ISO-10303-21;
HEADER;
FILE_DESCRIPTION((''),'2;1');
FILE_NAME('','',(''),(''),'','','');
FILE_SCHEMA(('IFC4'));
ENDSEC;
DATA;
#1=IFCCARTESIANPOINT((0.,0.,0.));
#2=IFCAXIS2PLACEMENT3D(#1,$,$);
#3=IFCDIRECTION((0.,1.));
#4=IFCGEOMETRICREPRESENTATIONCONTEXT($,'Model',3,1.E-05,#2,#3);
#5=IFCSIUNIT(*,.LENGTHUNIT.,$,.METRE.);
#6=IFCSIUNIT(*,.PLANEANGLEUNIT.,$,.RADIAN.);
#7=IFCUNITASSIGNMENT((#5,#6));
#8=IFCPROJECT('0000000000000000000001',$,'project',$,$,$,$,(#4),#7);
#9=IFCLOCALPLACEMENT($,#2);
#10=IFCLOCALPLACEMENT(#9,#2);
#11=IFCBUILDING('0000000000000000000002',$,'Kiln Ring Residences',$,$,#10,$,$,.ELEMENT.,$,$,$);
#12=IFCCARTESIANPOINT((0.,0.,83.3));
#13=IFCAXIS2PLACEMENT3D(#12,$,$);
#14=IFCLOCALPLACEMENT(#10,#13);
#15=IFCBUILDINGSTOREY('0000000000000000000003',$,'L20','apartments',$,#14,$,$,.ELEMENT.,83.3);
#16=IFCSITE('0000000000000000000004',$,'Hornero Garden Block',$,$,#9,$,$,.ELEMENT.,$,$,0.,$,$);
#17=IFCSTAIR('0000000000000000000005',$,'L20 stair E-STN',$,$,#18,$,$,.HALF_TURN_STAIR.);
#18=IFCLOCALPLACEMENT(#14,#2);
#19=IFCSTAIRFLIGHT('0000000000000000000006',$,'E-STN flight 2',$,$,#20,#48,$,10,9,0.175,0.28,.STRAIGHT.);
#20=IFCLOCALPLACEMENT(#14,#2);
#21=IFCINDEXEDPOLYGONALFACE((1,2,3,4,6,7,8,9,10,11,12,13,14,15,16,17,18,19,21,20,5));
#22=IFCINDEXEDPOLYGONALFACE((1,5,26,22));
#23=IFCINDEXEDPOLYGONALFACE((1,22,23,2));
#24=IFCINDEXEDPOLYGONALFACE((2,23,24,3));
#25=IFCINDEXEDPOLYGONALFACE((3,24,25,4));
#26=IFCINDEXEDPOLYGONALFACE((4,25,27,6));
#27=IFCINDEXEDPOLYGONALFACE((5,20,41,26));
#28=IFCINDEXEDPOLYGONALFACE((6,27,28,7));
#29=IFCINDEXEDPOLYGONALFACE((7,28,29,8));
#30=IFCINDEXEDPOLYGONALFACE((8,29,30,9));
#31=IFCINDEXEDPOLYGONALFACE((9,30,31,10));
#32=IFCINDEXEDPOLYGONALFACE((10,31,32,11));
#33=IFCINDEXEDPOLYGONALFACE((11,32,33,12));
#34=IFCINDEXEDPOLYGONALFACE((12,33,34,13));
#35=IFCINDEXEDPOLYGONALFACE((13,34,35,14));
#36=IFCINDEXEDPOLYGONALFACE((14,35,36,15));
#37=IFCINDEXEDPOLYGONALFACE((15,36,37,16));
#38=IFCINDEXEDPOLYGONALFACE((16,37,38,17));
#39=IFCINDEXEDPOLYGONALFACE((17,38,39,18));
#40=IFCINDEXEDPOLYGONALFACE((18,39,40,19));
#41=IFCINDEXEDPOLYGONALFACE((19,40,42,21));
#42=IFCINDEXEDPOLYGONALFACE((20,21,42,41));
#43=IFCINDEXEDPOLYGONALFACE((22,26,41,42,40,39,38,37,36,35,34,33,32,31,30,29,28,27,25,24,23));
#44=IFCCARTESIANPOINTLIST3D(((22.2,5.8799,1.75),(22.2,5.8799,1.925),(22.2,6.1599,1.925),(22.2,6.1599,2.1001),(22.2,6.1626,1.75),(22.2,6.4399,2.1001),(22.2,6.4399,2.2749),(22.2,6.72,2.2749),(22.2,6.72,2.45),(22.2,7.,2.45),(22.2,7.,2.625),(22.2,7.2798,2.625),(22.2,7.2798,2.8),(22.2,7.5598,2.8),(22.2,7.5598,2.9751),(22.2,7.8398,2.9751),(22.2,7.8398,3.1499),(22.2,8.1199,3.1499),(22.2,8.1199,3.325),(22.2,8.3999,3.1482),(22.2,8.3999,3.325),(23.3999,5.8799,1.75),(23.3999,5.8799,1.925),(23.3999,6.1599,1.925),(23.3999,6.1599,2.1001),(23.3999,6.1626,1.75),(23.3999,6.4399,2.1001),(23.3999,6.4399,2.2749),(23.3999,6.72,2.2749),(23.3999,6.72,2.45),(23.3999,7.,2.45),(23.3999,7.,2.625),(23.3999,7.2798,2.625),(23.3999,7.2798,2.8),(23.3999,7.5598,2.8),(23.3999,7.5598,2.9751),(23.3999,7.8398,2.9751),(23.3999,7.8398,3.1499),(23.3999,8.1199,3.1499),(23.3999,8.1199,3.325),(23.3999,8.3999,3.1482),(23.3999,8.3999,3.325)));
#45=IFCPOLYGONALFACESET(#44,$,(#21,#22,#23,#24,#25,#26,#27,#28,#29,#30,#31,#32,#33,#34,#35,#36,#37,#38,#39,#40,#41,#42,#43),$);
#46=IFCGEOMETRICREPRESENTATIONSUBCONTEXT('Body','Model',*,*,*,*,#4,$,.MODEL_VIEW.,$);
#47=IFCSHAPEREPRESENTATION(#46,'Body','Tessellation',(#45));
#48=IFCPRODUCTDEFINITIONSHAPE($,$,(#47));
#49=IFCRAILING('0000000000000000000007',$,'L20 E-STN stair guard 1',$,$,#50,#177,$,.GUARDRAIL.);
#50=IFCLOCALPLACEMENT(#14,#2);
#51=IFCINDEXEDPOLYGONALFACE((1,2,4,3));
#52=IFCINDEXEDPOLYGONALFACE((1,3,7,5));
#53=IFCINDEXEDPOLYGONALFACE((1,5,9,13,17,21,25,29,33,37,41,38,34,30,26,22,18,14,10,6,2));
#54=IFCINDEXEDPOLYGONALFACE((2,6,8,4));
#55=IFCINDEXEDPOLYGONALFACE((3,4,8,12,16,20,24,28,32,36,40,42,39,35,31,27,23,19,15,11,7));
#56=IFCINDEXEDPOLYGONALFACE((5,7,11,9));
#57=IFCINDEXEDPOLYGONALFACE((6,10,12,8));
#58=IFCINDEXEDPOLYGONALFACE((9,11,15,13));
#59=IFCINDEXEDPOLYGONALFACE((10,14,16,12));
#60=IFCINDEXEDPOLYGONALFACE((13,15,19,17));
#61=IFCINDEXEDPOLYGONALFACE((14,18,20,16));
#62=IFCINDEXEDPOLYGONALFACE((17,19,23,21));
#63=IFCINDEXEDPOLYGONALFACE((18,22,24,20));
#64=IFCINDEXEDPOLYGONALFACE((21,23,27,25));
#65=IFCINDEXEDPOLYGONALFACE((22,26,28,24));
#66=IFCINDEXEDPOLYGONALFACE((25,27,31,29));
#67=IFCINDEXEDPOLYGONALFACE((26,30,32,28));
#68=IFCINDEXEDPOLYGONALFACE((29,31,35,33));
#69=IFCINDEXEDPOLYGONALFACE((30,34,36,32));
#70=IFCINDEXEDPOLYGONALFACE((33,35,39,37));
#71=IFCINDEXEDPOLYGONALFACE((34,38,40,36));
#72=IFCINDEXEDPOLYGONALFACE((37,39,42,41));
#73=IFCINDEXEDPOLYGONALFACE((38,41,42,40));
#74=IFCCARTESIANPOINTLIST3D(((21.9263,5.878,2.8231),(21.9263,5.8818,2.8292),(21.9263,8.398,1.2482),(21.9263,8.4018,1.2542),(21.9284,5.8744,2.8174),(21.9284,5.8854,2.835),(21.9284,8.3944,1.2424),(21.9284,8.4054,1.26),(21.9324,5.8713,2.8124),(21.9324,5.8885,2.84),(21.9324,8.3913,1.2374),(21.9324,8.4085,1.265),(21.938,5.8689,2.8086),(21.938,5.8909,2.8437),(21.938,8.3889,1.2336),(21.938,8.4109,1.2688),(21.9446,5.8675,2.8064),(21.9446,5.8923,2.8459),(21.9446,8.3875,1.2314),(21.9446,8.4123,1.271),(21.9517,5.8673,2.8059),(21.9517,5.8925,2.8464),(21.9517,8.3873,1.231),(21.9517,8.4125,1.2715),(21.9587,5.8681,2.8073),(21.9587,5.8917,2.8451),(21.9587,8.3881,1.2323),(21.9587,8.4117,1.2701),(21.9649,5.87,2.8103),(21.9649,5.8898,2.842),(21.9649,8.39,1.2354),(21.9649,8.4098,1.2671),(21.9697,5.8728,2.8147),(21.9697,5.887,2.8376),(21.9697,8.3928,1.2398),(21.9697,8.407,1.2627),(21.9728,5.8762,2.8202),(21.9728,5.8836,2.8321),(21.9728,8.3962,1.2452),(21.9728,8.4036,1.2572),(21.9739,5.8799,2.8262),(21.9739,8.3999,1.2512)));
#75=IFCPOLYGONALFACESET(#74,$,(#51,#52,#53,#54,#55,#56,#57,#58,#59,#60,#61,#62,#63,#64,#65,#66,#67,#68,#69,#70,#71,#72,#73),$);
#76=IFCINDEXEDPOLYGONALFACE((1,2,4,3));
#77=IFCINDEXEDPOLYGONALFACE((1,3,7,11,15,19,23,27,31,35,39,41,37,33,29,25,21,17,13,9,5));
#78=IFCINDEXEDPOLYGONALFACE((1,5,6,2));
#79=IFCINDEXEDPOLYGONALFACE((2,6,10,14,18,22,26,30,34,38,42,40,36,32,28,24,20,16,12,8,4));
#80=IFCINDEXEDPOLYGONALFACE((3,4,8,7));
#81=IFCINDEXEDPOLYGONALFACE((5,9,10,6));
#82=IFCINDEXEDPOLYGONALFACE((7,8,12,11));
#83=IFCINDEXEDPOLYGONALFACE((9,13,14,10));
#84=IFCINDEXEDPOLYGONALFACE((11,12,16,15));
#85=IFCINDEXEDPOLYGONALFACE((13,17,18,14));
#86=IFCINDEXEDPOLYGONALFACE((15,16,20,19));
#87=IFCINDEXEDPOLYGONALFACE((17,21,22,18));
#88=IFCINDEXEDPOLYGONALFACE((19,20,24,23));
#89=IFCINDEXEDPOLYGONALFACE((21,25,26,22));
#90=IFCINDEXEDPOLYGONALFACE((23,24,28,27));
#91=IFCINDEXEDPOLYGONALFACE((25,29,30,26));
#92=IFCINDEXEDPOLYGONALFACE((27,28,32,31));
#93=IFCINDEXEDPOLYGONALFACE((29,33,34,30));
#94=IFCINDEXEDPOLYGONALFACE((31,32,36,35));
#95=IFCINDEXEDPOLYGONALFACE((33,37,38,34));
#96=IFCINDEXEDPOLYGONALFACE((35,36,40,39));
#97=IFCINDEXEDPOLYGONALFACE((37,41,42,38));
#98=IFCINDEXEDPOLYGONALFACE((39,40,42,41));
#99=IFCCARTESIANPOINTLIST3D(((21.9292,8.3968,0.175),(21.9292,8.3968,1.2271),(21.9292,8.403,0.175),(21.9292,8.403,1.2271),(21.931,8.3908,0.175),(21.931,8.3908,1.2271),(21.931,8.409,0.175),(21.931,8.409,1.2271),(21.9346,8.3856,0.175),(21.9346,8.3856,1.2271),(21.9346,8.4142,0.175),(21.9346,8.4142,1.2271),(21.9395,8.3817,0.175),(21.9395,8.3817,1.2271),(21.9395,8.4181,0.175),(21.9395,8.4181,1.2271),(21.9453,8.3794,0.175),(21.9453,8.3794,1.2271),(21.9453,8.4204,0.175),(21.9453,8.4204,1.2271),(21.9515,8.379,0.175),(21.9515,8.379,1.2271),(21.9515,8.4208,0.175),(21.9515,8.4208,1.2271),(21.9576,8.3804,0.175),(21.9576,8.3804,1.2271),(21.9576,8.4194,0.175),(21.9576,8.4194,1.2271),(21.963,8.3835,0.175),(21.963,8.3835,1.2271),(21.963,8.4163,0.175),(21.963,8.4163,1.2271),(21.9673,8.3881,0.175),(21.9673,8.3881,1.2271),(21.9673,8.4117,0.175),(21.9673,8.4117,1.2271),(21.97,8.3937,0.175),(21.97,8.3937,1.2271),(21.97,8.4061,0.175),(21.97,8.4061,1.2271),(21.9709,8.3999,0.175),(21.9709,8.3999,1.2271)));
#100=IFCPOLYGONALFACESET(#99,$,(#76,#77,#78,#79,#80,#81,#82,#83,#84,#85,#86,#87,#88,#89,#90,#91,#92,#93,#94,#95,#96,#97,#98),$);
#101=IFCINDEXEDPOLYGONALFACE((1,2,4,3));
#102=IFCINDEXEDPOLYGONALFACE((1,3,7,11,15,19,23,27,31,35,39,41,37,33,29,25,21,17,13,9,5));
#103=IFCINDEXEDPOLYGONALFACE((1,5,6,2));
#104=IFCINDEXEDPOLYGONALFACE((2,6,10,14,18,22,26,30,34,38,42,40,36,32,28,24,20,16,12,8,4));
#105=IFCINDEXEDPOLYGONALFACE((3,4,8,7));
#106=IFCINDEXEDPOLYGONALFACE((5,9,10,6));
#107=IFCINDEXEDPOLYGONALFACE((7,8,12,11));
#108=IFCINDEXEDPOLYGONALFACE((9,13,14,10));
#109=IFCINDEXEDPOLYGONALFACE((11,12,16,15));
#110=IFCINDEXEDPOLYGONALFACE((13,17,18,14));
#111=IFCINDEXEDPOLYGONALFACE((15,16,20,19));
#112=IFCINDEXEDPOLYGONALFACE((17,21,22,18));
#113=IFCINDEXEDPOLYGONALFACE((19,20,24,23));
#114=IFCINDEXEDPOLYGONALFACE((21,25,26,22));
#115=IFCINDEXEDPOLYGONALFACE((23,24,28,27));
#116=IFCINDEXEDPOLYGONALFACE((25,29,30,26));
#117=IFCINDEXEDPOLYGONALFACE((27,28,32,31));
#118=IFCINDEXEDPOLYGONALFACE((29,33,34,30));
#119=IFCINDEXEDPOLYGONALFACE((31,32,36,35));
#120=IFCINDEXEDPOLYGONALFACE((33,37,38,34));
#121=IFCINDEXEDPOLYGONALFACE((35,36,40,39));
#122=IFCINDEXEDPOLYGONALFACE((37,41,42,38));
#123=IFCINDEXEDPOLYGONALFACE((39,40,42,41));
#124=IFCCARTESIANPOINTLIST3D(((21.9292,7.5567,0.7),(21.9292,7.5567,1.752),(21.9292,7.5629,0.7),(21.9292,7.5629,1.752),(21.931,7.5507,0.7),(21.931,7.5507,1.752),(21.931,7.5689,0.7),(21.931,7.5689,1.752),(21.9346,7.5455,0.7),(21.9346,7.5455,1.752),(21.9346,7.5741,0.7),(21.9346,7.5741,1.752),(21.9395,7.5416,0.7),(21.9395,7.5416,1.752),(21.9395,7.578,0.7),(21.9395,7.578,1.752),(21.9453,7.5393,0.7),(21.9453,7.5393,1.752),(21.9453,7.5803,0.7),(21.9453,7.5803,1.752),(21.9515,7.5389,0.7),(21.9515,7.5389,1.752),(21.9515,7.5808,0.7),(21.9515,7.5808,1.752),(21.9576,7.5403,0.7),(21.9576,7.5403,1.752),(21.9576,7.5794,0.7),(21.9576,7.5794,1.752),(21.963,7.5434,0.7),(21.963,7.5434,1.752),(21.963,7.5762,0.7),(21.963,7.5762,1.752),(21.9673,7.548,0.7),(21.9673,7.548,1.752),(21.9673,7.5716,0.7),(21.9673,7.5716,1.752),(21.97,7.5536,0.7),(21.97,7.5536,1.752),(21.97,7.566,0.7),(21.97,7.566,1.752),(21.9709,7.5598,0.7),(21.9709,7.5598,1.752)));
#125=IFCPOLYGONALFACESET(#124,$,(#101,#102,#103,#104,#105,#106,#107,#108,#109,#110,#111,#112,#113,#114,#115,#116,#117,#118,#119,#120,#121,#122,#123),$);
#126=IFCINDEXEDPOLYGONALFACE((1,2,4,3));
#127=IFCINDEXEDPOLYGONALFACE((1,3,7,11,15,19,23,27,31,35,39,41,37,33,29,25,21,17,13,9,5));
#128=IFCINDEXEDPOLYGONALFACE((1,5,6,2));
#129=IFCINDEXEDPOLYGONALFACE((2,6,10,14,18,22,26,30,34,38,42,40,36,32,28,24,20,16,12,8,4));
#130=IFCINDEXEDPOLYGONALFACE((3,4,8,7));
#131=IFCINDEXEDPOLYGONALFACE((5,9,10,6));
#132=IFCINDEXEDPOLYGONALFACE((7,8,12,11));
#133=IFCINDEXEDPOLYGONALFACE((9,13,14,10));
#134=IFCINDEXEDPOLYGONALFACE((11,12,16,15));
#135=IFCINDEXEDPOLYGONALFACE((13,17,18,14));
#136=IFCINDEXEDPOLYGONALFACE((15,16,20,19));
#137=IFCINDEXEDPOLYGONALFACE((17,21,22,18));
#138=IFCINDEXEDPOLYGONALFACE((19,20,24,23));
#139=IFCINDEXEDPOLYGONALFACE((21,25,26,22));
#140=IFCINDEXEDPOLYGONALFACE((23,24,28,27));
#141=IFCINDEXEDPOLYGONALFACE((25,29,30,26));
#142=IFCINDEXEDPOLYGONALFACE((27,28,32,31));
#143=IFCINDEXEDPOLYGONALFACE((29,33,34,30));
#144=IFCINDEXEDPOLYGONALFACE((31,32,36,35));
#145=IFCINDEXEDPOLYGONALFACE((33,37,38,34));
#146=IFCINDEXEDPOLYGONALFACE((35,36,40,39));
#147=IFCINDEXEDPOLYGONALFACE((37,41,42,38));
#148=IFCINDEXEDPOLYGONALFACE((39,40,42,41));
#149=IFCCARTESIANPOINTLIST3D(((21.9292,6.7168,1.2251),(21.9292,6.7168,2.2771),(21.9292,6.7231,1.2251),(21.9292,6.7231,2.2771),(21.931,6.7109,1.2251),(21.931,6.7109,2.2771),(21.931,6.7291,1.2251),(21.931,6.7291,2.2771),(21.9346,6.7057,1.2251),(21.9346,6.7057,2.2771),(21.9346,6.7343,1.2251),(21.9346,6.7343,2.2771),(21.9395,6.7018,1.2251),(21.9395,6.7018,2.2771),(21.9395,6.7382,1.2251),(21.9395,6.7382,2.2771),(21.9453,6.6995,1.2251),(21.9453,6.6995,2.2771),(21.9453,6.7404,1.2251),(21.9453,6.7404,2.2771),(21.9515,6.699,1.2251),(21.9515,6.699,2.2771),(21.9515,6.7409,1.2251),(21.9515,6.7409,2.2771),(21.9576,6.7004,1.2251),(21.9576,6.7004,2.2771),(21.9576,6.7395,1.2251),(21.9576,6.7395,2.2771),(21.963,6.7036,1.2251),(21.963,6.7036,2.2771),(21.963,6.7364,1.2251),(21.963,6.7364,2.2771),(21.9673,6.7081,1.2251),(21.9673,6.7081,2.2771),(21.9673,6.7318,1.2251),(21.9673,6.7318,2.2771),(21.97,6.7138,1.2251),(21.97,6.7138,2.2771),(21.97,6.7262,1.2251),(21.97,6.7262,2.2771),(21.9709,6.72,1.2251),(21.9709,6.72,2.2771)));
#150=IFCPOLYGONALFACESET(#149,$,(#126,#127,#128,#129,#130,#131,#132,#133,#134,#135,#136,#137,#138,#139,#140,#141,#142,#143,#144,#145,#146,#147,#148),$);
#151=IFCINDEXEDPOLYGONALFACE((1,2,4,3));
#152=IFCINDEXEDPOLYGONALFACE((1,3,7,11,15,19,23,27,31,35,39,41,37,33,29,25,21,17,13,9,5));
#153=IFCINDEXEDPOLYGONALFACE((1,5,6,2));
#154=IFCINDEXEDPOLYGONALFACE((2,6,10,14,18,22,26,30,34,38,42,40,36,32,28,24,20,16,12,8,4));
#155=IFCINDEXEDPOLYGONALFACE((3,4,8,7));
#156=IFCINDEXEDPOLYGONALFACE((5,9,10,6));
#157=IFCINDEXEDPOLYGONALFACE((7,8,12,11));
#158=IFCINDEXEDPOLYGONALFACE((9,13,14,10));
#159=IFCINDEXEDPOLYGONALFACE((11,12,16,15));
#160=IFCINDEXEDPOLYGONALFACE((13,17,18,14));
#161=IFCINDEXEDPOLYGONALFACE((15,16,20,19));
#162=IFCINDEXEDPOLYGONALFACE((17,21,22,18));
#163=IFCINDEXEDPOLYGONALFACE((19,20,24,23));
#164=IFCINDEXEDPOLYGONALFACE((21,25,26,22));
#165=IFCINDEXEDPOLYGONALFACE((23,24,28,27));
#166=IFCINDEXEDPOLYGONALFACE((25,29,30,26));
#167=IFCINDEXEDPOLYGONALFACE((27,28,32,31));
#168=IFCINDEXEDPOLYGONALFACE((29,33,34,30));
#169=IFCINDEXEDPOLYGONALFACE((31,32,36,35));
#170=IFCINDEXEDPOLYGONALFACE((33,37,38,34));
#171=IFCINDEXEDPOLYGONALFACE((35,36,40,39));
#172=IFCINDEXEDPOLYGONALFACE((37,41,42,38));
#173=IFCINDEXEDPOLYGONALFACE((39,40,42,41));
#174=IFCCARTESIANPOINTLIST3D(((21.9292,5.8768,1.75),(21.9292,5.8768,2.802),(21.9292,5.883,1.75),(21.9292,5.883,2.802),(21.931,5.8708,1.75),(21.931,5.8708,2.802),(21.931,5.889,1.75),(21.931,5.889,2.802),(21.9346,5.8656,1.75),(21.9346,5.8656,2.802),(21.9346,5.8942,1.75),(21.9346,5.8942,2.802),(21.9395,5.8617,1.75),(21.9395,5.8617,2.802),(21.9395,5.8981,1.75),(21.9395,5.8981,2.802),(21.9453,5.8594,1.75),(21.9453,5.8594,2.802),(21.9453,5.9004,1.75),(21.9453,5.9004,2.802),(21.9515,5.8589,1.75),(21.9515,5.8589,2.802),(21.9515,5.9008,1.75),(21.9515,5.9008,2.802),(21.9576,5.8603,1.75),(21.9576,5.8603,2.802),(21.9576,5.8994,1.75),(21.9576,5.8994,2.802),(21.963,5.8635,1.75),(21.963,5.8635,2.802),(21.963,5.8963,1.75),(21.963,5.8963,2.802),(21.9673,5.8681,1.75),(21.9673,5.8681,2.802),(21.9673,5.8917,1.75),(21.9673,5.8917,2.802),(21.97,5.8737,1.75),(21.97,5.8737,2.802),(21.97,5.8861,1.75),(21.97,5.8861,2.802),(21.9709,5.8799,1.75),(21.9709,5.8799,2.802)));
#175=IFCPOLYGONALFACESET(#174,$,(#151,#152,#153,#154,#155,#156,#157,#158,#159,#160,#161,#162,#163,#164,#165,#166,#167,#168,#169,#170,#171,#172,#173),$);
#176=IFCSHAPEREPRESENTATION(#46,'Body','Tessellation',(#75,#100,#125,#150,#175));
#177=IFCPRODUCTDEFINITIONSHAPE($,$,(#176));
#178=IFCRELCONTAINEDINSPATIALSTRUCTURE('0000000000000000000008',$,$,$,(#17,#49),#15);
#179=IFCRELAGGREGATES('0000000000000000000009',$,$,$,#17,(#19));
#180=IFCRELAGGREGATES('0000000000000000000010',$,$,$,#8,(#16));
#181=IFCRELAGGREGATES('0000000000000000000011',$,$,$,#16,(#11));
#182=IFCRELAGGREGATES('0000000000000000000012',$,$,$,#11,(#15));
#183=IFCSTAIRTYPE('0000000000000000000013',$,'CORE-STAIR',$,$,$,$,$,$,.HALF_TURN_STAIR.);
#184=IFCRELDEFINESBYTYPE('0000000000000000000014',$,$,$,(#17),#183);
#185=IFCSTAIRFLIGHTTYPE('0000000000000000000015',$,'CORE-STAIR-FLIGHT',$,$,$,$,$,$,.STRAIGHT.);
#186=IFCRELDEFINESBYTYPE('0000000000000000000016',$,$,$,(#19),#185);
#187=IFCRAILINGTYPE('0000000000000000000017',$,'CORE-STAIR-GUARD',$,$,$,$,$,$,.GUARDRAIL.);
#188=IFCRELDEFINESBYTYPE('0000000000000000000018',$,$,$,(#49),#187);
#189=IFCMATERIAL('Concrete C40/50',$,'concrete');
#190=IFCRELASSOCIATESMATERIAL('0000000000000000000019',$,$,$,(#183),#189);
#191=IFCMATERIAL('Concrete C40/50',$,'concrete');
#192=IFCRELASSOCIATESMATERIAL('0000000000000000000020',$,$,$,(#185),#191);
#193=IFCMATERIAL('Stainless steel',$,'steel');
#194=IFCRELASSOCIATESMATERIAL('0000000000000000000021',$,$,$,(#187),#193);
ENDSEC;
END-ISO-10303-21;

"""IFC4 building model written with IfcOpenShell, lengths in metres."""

from ifc_helpers import new_model, si_unit, direction, frame, origin, origin_2d, place, context, subcontext, project, spatial, polyline, circle, outline, extrude, material, type_object, element, aggregate, save


model = new_model("IFC4")

# Units and contexts
model_context = context("Model", 3, precision=1e-05, world=origin(), true_north=direction((0.0, 1.0)))
body_context = subcontext(model_context, "Body", "Model", "MODEL_VIEW")
ifc_project = project(units=[si_unit("LENGTHUNIT", "METRE"), si_unit("PLANEANGLEUNIT", "RADIAN")], contexts=[model_context])

# Site, building, storey
site_placement = place(None, origin())
site = spatial("IfcSite", under=ifc_project, at=site_placement, Name="Hornero Garden Block", CompositionType="ELEMENT", RefElevation=0.0)
building_placement = place(site_placement, origin())
building = spatial("IfcBuilding", under=site, at=building_placement, Name="Kiln Ring Residences", CompositionType="ELEMENT")
storey_placement = place(building_placement, frame((0.0, 0.0, 83.3)))
storey = spatial("IfcBuildingStorey", under=building, at=storey_placement, Name="L20", Description="apartments", CompositionType="ELEMENT", Elevation=83.3)

# Stair, stair flight
ifc_material_1 = material(Name="Concrete C40/50", Category="concrete")
stair_type = type_object("IfcStairType", Name="CORE-STAIR", PredefinedType="HALF_TURN_STAIR", material=ifc_material_1)
stair_placement = place(storey_placement, origin())
stair = element("IfcStair", 1, at=stair_placement, inside=storey, type_object=stair_type, Name="L20 stair E-STN", PredefinedType="HALF_TURN_STAIR")
ifc_material_2 = material(Name="Concrete C40/50", Category="concrete")
stair_flight_type = type_object("IfcStairFlightType", Name="CORE-STAIR-FLIGHT", PredefinedType="STRAIGHT", material=ifc_material_2)
stair_flight_1_placement = place(storey_placement, frame((22.8, 5.8799, 1.75), z_axis=(0.0, 0.0, 1.0), x_axis=(0.0, 1.0, 0.0)))
stair_flight_1 = element("IfcStairFlight", 2, at=stair_flight_1_placement, type_object=stair_flight_type, Name="E-STN flight 2", NumberOfRisers=10, NumberOfTreads=9, PredefinedType="STRAIGHT", RiserHeight=0.175, TreadLength=0.28, context=body_context, shape_type="SweptSolid", body=[
    extrude(outline(polyline([(0.0, 0.0), (0.0, 0.175), (0.28, 0.175), (0.28, 0.3501), (0.5601, 0.3501), (0.5601, 0.5249), (0.8401, 0.5249), (0.8401, 0.7), (1.1201, 0.7), (1.1201, 0.875), (1.3999, 0.875), (1.3999, 1.05), (1.6799, 1.05), (1.6799, 1.2251), (1.96, 1.2251), (1.96, 1.3999), (2.24, 1.3999), (2.24, 1.575), (2.52, 1.575), (2.52, 1.75), (2.52, 1.3982), (0.2827, 0.0), (0.0, 0.0)])), frame((0.0, 0.6001, 0.0), z_axis=(0.0, -1.0, 0.0), x_axis=(1.0, 0.0, 0.0)), (0.0, 0.0, 1.0), 1.2),
])
aggregate(stair, [stair_flight_1])

# Railing
ifc_material_3 = material(Name="Stainless steel", Category="steel")
railing_type_1 = type_object("IfcRailingType", Name="CORE-STAIR-GUARD", PredefinedType="GUARDRAIL", material=ifc_material_3)
railing_1_placement = place(storey_placement, frame((21.95, 8.3999, 0.175)))
element("IfcRailing", 3, at=railing_1_placement, inside=storey, type_object=railing_type_1, Name="L20 E-STN stair guard 1", PredefinedType="GUARDRAIL", context=body_context, shape_type="SweptSolid", body=[
    extrude(circle(Radius=0.0239, at=origin_2d()), frame((0.0, 0.0, 1.0762), z_axis=(0.0, -0.848008, 0.529984), x_axis=(1.0, 0.0, 0.0)), (0.0, 0.0, 1.0), 2.9717),
    extrude(circle(Radius=0.021, at=origin_2d()), origin(), (0.0, 0.0, 1.0), 1.052),
    extrude(circle(Radius=0.021, at=origin_2d()), frame((0.0, -0.8401, 0.5249)), (0.0, 0.0, 1.0), 1.052),
    extrude(circle(Radius=0.021, at=origin_2d()), frame((0.0, -1.6799, 1.05)), (0.0, 0.0, 1.0), 1.052),
    extrude(circle(Radius=0.021, at=origin_2d()), frame((0.0, -2.52, 1.575)), (0.0, 0.0, 1.0), 1.052),
])

save(model, "model.ifc")
